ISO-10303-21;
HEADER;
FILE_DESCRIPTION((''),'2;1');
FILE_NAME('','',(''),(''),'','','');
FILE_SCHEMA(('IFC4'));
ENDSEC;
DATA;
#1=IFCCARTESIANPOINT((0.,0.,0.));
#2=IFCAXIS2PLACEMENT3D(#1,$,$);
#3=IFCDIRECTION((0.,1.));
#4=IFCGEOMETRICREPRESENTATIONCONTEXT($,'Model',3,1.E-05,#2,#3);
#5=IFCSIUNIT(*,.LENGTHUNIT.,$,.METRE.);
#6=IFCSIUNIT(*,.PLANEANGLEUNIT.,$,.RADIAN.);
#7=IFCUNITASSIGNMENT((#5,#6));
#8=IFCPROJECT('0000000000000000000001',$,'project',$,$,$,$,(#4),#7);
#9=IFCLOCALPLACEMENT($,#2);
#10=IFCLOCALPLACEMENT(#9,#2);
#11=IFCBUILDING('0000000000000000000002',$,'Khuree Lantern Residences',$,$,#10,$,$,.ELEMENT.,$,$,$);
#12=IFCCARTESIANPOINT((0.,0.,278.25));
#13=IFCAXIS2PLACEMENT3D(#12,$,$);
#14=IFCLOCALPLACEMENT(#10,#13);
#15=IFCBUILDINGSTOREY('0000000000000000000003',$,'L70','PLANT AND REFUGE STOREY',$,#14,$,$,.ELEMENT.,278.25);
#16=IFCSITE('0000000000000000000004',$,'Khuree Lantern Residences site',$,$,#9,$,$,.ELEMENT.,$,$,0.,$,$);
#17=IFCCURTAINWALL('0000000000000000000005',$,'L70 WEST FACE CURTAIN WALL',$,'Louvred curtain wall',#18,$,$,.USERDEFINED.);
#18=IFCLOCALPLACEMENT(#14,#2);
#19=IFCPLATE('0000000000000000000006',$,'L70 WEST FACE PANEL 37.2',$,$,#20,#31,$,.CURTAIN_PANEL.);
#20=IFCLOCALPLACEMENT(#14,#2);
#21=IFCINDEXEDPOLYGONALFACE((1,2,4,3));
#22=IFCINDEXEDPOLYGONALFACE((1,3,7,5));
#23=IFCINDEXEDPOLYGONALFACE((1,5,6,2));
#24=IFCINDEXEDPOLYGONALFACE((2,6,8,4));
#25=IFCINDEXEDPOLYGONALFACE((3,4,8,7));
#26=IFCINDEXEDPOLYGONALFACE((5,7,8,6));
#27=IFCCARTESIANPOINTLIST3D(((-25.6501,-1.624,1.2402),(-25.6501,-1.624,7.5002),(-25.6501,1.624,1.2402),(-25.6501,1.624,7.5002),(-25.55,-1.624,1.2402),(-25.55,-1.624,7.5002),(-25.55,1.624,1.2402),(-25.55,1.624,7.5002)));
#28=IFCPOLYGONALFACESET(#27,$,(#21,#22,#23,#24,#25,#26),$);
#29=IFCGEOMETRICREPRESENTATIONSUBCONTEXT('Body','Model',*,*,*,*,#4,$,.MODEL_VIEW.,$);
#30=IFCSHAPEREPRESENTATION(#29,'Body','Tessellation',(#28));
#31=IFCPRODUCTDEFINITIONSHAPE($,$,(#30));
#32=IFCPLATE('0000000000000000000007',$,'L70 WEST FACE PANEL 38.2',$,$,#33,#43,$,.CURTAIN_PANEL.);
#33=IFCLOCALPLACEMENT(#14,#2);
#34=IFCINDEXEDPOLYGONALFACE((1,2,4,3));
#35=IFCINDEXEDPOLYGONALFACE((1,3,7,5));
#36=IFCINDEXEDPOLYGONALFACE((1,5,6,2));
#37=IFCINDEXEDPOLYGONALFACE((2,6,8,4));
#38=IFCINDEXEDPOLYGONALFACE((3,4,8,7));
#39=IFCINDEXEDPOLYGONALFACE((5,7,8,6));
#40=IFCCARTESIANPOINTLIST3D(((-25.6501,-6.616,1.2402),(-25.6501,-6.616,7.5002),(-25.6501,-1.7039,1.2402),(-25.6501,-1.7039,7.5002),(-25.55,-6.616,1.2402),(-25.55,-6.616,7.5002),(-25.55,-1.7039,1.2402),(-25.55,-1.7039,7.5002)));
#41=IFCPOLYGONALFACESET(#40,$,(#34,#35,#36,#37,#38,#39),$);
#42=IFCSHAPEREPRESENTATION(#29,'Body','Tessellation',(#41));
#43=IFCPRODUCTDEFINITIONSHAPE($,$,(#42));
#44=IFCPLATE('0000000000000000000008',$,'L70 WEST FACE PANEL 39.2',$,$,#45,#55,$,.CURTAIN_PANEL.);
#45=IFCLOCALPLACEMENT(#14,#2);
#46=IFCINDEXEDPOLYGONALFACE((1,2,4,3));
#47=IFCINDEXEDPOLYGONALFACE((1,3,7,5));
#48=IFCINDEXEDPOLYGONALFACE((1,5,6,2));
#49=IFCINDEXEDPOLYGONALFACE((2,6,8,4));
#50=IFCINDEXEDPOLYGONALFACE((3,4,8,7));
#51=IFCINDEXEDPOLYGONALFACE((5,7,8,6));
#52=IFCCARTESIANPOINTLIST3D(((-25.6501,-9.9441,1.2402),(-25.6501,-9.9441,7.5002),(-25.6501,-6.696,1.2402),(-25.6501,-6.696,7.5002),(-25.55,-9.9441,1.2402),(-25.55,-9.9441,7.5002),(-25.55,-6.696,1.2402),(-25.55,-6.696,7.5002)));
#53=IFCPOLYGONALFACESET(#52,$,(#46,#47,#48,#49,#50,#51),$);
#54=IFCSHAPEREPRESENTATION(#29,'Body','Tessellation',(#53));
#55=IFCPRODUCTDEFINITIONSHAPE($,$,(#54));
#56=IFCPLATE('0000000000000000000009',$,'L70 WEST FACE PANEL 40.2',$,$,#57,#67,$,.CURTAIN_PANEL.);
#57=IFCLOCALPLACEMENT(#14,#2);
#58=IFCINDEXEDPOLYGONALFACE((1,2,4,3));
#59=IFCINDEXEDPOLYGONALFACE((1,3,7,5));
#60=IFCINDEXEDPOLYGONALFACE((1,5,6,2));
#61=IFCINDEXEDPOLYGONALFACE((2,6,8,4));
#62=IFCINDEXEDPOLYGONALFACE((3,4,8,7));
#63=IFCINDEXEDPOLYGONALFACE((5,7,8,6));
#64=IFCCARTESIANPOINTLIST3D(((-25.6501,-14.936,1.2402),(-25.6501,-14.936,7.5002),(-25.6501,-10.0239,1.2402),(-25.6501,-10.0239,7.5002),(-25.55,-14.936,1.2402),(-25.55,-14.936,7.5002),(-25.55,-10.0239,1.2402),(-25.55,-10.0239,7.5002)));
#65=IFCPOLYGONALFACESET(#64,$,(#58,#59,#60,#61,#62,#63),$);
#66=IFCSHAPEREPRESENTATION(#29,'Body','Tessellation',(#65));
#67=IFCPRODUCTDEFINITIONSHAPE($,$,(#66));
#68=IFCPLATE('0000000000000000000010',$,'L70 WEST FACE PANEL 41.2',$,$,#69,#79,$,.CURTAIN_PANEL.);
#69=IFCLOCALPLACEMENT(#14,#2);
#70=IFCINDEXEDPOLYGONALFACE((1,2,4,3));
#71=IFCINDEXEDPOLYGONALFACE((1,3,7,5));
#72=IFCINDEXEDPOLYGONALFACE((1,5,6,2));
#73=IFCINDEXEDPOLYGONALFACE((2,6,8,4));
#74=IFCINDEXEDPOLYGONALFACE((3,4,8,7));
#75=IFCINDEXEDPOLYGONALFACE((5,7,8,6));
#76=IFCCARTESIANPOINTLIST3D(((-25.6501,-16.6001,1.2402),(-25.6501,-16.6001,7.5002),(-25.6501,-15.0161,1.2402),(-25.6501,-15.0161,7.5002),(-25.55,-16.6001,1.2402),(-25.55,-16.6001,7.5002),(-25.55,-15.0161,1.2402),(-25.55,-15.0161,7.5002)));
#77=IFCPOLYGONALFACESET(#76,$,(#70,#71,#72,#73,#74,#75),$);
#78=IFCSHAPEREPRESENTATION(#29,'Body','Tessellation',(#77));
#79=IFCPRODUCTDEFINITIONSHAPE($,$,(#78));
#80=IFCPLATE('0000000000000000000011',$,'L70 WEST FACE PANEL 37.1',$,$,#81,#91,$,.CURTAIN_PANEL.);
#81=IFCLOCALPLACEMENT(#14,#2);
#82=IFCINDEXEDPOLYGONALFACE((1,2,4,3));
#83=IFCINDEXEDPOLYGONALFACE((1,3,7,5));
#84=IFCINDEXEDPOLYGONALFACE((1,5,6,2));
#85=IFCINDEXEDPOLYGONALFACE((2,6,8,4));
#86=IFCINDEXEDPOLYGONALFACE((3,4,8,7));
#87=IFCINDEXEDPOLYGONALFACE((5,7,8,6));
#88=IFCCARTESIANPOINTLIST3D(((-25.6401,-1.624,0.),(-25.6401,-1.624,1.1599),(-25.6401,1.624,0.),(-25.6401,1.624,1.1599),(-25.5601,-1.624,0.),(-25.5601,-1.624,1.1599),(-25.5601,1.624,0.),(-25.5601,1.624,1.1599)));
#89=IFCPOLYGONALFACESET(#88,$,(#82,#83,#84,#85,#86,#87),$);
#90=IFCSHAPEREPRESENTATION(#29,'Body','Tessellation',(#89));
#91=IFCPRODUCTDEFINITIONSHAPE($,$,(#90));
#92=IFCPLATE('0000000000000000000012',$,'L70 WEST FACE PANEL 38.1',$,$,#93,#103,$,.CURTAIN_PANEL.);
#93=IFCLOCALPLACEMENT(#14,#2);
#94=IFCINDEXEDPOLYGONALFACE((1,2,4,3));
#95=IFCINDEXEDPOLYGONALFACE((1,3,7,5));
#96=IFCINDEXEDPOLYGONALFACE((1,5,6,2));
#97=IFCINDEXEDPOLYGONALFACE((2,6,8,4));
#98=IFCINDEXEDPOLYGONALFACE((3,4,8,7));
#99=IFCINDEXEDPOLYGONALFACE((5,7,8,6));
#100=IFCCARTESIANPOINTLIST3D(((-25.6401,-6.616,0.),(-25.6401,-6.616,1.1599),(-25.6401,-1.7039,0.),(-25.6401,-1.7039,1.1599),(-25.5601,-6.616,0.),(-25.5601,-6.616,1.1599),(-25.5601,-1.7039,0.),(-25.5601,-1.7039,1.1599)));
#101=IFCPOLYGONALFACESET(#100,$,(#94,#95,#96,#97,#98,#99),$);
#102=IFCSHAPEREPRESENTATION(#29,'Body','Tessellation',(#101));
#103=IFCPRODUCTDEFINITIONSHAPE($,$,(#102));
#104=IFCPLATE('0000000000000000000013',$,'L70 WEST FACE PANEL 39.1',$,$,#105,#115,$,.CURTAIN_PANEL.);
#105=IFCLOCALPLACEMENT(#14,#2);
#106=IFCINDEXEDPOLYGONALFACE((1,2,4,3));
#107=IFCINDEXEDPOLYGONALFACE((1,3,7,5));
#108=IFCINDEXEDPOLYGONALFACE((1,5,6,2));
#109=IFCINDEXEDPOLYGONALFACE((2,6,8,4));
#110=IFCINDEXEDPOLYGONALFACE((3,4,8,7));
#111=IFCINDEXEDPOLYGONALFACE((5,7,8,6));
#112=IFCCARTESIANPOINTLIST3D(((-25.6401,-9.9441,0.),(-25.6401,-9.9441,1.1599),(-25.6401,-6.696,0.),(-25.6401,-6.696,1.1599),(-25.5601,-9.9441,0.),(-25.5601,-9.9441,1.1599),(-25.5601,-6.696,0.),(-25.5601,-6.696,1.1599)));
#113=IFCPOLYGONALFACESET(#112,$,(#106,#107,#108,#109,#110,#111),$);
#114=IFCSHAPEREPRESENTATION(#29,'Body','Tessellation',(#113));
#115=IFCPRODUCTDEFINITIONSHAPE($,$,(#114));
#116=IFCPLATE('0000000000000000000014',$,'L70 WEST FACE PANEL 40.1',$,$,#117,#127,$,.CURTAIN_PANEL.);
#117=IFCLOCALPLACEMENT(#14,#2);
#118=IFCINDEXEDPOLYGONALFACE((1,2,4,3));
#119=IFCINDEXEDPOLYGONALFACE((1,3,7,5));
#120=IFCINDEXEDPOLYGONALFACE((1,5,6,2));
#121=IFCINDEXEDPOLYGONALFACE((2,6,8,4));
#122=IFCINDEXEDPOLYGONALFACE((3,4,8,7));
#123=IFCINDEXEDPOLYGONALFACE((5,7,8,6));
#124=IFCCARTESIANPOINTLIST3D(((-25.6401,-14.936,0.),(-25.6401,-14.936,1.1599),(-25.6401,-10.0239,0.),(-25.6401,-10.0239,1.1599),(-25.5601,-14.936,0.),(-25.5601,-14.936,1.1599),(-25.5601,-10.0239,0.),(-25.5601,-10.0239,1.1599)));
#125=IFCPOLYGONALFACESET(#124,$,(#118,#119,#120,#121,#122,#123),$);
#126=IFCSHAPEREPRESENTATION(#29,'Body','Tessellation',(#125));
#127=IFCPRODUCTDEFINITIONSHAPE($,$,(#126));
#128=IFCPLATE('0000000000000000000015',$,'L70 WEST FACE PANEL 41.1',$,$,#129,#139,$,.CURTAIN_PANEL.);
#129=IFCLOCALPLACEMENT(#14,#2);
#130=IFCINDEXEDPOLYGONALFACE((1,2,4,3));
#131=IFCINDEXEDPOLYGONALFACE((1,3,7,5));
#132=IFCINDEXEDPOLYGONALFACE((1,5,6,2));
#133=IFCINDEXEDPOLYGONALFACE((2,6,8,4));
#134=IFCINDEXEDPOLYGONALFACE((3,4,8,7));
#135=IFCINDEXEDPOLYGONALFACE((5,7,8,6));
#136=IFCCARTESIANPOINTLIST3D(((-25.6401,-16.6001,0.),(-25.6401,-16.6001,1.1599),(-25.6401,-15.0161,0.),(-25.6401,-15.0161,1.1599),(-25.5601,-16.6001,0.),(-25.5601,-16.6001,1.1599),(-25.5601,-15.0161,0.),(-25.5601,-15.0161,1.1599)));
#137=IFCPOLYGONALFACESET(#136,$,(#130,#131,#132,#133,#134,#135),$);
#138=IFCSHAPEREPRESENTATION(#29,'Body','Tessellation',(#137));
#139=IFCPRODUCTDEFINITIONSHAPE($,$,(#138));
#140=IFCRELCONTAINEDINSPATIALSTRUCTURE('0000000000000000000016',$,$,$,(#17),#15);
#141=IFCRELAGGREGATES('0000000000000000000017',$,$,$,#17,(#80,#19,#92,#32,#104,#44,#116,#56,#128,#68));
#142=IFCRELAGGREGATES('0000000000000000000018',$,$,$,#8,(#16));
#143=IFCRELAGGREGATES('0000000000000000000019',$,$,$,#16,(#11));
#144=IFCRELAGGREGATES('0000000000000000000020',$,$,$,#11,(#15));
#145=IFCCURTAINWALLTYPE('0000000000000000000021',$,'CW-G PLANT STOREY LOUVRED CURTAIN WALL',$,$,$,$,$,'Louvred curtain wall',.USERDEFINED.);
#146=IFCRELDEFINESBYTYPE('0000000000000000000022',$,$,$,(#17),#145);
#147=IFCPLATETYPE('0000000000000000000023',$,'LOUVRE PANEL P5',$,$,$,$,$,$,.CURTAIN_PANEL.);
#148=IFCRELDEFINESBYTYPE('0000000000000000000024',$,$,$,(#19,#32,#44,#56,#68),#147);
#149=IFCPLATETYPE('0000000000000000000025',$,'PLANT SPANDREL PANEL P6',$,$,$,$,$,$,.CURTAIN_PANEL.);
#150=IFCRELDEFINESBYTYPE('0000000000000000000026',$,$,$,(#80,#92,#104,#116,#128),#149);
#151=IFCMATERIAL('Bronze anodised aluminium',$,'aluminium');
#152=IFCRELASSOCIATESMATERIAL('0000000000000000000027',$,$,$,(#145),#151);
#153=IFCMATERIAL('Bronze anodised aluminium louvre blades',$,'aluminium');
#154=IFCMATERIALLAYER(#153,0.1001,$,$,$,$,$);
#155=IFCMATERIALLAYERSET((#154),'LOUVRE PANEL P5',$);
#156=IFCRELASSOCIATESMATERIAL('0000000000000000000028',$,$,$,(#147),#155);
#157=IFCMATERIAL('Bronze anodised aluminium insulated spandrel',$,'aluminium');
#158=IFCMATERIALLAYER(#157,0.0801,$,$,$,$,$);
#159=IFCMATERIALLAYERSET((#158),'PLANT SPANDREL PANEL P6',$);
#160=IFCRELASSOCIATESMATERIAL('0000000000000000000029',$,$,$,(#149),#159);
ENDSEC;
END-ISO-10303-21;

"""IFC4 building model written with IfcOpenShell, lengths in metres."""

from ifc_helpers import new_model, si_unit, direction, frame, origin, origin_2d, place, context, subcontext, project, spatial, rectangle, extrude, material, layer, layer_set, type_object, element, aggregate, save


model = new_model("IFC4")

# Units and contexts
model_context = context("Model", 3, precision=1e-05, world=origin(), true_north=direction((0.0, 1.0)))
body_context = subcontext(model_context, "Body", "Model", "MODEL_VIEW")
ifc_project = project(units=[si_unit("LENGTHUNIT", "METRE"), si_unit("PLANEANGLEUNIT", "RADIAN")], contexts=[model_context])

# Site, building, storey
site_placement = place(None, origin())
site = spatial("IfcSite", under=ifc_project, at=site_placement, Name="Khuree Lantern Residences site", CompositionType="ELEMENT", RefElevation=0.0)
building_placement = place(site_placement, origin())
building = spatial("IfcBuilding", under=site, at=building_placement, Name="Khuree Lantern Residences", CompositionType="ELEMENT")
storey_placement = place(building_placement, frame((0.0, 0.0, 278.25)))
storey = spatial("IfcBuildingStorey", under=building, at=storey_placement, Name="L70", Description="PLANT AND REFUGE STOREY", CompositionType="ELEMENT", Elevation=278.25)

# Curtain wall
ifc_material_1 = material(Name="Bronze anodised aluminium", Category="aluminium")
curtain_wall_type = type_object("IfcCurtainWallType", Name="CW-G PLANT STOREY LOUVRED CURTAIN WALL", ElementType="Louvred curtain wall", PredefinedType="USERDEFINED", material=ifc_material_1)
curtain_wall_placement = place(storey_placement, origin())
curtain_wall = element("IfcCurtainWall", 1, at=curtain_wall_placement, inside=storey, type_object=curtain_wall_type, Name="L70 WEST FACE CURTAIN WALL", ObjectType="Louvred curtain wall", PredefinedType="USERDEFINED")

# Plates
ifc_material_2 = material(Name="Bronze anodised aluminium louvre blades", Category="aluminium")
ifc_layer_1 = layer(ifc_material_2, 0.1001)
ifc_layer_set_1 = layer_set([ifc_layer_1], Name="LOUVRE PANEL P5")
plate_type_1 = type_object("IfcPlateType", Name="LOUVRE PANEL P5", PredefinedType="CURTAIN_PANEL", material=ifc_layer_set_1)
plate_1_placement = place(storey_placement, frame((-25.6001, 0.0, 1.2402), z_axis=(0.0, 0.0, 1.0), x_axis=(0.0, -1.0, 0.0)))
plate_1 = element("IfcPlate", 2, at=plate_1_placement, type_object=plate_type_1, Name="L70 WEST FACE PANEL 37.2", PredefinedType="CURTAIN_PANEL", context=body_context, shape_type="SweptSolid", body=[
    extrude(rectangle(XDim=3.248, YDim=0.1001, at=origin_2d()), origin(), (0.0, 0.0, 1.0), 6.26),
])
plate_2_placement = place(storey_placement, frame((-25.6001, -4.1599, 1.2402), z_axis=(0.0, 0.0, 1.0), x_axis=(0.0, -1.0, 0.0)))
plate_2 = element("IfcPlate", 3, at=plate_2_placement, type_object=plate_type_1, Name="L70 WEST FACE PANEL 38.2", PredefinedType="CURTAIN_PANEL", context=body_context, shape_type="SweptSolid", body=[
    extrude(rectangle(XDim=4.9121, YDim=0.1001, at=origin_2d()), origin(), (0.0, 0.0, 1.0), 6.26),
])
plate_3_placement = place(storey_placement, frame((-25.6001, -8.3201, 1.2402), z_axis=(0.0, 0.0, 1.0), x_axis=(0.0, -1.0, 0.0)))
plate_3 = element("IfcPlate", 4, at=plate_3_placement, type_object=plate_type_1, Name="L70 WEST FACE PANEL 39.2", PredefinedType="CURTAIN_PANEL", context=body_context, shape_type="SweptSolid", body=[
    extrude(rectangle(XDim=3.248, YDim=0.1001, at=origin_2d()), origin(), (0.0, 0.0, 1.0), 6.26),
])
plate_4_placement = place(storey_placement, frame((-25.6001, -12.48, 1.2402), z_axis=(0.0, 0.0, 1.0), x_axis=(0.0, -1.0, 0.0)))
plate_4 = element("IfcPlate", 5, at=plate_4_placement, type_object=plate_type_1, Name="L70 WEST FACE PANEL 40.2", PredefinedType="CURTAIN_PANEL", context=body_context, shape_type="SweptSolid", body=[
    extrude(rectangle(XDim=4.9121, YDim=0.1001, at=origin_2d()), origin(), (0.0, 0.0, 1.0), 6.26),
])
plate_5_placement = place(storey_placement, frame((-25.6001, -15.8081, 1.2402), z_axis=(0.0, 0.0, 1.0), x_axis=(0.0, -1.0, 0.0)))
plate_5 = element("IfcPlate", 6, at=plate_5_placement, type_object=plate_type_1, Name="L70 WEST FACE PANEL 41.2", PredefinedType="CURTAIN_PANEL", context=body_context, shape_type="SweptSolid", body=[
    extrude(rectangle(XDim=1.584, YDim=0.1001, at=origin_2d()), origin(), (0.0, 0.0, 1.0), 6.26),
])
ifc_material_3 = material(Name="Bronze anodised aluminium insulated spandrel", Category="aluminium")
ifc_layer_2 = layer(ifc_material_3, 0.0801)
ifc_layer_set_2 = layer_set([ifc_layer_2], Name="PLANT SPANDREL PANEL P6")
plate_type_2 = type_object("IfcPlateType", Name="PLANT SPANDREL PANEL P6", PredefinedType="CURTAIN_PANEL", material=ifc_layer_set_2)
plate_6_placement = place(storey_placement, frame((-25.6001, 0.0, 0.0), z_axis=(0.0, 0.0, 1.0), x_axis=(0.0, -1.0, 0.0)))
plate_6 = element("IfcPlate", 7, at=plate_6_placement, type_object=plate_type_2, Name="L70 WEST FACE PANEL 37.1", PredefinedType="CURTAIN_PANEL", context=body_context, shape_type="SweptSolid", body=[
    extrude(rectangle(XDim=3.248, YDim=0.0801, at=origin_2d()), origin(), (0.0, 0.0, 1.0), 1.1599),
])
plate_7_placement = place(storey_placement, frame((-25.6001, -4.1599, 0.0), z_axis=(0.0, 0.0, 1.0), x_axis=(0.0, -1.0, 0.0)))
plate_7 = element("IfcPlate", 8, at=plate_7_placement, type_object=plate_type_2, Name="L70 WEST FACE PANEL 38.1", PredefinedType="CURTAIN_PANEL", context=body_context, shape_type="SweptSolid", body=[
    extrude(rectangle(XDim=4.9121, YDim=0.0801, at=origin_2d()), origin(), (0.0, 0.0, 1.0), 1.1599),
])
plate_8_placement = place(storey_placement, frame((-25.6001, -8.3201, 0.0), z_axis=(0.0, 0.0, 1.0), x_axis=(0.0, -1.0, 0.0)))
plate_8 = element("IfcPlate", 9, at=plate_8_placement, type_object=plate_type_2, Name="L70 WEST FACE PANEL 39.1", PredefinedType="CURTAIN_PANEL", context=body_context, shape_type="SweptSolid", body=[
    extrude(rectangle(XDim=3.248, YDim=0.0801, at=origin_2d()), origin(), (0.0, 0.0, 1.0), 1.1599),
])
plate_9_placement = place(storey_placement, frame((-25.6001, -12.48, 0.0), z_axis=(0.0, 0.0, 1.0), x_axis=(0.0, -1.0, 0.0)))
plate_9 = element("IfcPlate", 10, at=plate_9_placement, type_object=plate_type_2, Name="L70 WEST FACE PANEL 40.1", PredefinedType="CURTAIN_PANEL", context=body_context, shape_type="SweptSolid", body=[
    extrude(rectangle(XDim=4.9121, YDim=0.0801, at=origin_2d()), origin(), (0.0, 0.0, 1.0), 1.1599),
])
plate_10_placement = place(storey_placement, frame((-25.6001, -15.8081, 0.0), z_axis=(0.0, 0.0, 1.0), x_axis=(0.0, -1.0, 0.0)))
plate_10 = element("IfcPlate", 11, at=plate_10_placement, type_object=plate_type_2, Name="L70 WEST FACE PANEL 41.1", PredefinedType="CURTAIN_PANEL", context=body_context, shape_type="SweptSolid", body=[
    extrude(rectangle(XDim=1.584, YDim=0.0801, at=origin_2d()), origin(), (0.0, 0.0, 1.0), 1.1599),
])
aggregate(curtain_wall, [plate_6, plate_1, plate_7, plate_2, plate_8, plate_3, plate_9, plate_4, plate_10, plate_5])

save(model, "model.ifc")
